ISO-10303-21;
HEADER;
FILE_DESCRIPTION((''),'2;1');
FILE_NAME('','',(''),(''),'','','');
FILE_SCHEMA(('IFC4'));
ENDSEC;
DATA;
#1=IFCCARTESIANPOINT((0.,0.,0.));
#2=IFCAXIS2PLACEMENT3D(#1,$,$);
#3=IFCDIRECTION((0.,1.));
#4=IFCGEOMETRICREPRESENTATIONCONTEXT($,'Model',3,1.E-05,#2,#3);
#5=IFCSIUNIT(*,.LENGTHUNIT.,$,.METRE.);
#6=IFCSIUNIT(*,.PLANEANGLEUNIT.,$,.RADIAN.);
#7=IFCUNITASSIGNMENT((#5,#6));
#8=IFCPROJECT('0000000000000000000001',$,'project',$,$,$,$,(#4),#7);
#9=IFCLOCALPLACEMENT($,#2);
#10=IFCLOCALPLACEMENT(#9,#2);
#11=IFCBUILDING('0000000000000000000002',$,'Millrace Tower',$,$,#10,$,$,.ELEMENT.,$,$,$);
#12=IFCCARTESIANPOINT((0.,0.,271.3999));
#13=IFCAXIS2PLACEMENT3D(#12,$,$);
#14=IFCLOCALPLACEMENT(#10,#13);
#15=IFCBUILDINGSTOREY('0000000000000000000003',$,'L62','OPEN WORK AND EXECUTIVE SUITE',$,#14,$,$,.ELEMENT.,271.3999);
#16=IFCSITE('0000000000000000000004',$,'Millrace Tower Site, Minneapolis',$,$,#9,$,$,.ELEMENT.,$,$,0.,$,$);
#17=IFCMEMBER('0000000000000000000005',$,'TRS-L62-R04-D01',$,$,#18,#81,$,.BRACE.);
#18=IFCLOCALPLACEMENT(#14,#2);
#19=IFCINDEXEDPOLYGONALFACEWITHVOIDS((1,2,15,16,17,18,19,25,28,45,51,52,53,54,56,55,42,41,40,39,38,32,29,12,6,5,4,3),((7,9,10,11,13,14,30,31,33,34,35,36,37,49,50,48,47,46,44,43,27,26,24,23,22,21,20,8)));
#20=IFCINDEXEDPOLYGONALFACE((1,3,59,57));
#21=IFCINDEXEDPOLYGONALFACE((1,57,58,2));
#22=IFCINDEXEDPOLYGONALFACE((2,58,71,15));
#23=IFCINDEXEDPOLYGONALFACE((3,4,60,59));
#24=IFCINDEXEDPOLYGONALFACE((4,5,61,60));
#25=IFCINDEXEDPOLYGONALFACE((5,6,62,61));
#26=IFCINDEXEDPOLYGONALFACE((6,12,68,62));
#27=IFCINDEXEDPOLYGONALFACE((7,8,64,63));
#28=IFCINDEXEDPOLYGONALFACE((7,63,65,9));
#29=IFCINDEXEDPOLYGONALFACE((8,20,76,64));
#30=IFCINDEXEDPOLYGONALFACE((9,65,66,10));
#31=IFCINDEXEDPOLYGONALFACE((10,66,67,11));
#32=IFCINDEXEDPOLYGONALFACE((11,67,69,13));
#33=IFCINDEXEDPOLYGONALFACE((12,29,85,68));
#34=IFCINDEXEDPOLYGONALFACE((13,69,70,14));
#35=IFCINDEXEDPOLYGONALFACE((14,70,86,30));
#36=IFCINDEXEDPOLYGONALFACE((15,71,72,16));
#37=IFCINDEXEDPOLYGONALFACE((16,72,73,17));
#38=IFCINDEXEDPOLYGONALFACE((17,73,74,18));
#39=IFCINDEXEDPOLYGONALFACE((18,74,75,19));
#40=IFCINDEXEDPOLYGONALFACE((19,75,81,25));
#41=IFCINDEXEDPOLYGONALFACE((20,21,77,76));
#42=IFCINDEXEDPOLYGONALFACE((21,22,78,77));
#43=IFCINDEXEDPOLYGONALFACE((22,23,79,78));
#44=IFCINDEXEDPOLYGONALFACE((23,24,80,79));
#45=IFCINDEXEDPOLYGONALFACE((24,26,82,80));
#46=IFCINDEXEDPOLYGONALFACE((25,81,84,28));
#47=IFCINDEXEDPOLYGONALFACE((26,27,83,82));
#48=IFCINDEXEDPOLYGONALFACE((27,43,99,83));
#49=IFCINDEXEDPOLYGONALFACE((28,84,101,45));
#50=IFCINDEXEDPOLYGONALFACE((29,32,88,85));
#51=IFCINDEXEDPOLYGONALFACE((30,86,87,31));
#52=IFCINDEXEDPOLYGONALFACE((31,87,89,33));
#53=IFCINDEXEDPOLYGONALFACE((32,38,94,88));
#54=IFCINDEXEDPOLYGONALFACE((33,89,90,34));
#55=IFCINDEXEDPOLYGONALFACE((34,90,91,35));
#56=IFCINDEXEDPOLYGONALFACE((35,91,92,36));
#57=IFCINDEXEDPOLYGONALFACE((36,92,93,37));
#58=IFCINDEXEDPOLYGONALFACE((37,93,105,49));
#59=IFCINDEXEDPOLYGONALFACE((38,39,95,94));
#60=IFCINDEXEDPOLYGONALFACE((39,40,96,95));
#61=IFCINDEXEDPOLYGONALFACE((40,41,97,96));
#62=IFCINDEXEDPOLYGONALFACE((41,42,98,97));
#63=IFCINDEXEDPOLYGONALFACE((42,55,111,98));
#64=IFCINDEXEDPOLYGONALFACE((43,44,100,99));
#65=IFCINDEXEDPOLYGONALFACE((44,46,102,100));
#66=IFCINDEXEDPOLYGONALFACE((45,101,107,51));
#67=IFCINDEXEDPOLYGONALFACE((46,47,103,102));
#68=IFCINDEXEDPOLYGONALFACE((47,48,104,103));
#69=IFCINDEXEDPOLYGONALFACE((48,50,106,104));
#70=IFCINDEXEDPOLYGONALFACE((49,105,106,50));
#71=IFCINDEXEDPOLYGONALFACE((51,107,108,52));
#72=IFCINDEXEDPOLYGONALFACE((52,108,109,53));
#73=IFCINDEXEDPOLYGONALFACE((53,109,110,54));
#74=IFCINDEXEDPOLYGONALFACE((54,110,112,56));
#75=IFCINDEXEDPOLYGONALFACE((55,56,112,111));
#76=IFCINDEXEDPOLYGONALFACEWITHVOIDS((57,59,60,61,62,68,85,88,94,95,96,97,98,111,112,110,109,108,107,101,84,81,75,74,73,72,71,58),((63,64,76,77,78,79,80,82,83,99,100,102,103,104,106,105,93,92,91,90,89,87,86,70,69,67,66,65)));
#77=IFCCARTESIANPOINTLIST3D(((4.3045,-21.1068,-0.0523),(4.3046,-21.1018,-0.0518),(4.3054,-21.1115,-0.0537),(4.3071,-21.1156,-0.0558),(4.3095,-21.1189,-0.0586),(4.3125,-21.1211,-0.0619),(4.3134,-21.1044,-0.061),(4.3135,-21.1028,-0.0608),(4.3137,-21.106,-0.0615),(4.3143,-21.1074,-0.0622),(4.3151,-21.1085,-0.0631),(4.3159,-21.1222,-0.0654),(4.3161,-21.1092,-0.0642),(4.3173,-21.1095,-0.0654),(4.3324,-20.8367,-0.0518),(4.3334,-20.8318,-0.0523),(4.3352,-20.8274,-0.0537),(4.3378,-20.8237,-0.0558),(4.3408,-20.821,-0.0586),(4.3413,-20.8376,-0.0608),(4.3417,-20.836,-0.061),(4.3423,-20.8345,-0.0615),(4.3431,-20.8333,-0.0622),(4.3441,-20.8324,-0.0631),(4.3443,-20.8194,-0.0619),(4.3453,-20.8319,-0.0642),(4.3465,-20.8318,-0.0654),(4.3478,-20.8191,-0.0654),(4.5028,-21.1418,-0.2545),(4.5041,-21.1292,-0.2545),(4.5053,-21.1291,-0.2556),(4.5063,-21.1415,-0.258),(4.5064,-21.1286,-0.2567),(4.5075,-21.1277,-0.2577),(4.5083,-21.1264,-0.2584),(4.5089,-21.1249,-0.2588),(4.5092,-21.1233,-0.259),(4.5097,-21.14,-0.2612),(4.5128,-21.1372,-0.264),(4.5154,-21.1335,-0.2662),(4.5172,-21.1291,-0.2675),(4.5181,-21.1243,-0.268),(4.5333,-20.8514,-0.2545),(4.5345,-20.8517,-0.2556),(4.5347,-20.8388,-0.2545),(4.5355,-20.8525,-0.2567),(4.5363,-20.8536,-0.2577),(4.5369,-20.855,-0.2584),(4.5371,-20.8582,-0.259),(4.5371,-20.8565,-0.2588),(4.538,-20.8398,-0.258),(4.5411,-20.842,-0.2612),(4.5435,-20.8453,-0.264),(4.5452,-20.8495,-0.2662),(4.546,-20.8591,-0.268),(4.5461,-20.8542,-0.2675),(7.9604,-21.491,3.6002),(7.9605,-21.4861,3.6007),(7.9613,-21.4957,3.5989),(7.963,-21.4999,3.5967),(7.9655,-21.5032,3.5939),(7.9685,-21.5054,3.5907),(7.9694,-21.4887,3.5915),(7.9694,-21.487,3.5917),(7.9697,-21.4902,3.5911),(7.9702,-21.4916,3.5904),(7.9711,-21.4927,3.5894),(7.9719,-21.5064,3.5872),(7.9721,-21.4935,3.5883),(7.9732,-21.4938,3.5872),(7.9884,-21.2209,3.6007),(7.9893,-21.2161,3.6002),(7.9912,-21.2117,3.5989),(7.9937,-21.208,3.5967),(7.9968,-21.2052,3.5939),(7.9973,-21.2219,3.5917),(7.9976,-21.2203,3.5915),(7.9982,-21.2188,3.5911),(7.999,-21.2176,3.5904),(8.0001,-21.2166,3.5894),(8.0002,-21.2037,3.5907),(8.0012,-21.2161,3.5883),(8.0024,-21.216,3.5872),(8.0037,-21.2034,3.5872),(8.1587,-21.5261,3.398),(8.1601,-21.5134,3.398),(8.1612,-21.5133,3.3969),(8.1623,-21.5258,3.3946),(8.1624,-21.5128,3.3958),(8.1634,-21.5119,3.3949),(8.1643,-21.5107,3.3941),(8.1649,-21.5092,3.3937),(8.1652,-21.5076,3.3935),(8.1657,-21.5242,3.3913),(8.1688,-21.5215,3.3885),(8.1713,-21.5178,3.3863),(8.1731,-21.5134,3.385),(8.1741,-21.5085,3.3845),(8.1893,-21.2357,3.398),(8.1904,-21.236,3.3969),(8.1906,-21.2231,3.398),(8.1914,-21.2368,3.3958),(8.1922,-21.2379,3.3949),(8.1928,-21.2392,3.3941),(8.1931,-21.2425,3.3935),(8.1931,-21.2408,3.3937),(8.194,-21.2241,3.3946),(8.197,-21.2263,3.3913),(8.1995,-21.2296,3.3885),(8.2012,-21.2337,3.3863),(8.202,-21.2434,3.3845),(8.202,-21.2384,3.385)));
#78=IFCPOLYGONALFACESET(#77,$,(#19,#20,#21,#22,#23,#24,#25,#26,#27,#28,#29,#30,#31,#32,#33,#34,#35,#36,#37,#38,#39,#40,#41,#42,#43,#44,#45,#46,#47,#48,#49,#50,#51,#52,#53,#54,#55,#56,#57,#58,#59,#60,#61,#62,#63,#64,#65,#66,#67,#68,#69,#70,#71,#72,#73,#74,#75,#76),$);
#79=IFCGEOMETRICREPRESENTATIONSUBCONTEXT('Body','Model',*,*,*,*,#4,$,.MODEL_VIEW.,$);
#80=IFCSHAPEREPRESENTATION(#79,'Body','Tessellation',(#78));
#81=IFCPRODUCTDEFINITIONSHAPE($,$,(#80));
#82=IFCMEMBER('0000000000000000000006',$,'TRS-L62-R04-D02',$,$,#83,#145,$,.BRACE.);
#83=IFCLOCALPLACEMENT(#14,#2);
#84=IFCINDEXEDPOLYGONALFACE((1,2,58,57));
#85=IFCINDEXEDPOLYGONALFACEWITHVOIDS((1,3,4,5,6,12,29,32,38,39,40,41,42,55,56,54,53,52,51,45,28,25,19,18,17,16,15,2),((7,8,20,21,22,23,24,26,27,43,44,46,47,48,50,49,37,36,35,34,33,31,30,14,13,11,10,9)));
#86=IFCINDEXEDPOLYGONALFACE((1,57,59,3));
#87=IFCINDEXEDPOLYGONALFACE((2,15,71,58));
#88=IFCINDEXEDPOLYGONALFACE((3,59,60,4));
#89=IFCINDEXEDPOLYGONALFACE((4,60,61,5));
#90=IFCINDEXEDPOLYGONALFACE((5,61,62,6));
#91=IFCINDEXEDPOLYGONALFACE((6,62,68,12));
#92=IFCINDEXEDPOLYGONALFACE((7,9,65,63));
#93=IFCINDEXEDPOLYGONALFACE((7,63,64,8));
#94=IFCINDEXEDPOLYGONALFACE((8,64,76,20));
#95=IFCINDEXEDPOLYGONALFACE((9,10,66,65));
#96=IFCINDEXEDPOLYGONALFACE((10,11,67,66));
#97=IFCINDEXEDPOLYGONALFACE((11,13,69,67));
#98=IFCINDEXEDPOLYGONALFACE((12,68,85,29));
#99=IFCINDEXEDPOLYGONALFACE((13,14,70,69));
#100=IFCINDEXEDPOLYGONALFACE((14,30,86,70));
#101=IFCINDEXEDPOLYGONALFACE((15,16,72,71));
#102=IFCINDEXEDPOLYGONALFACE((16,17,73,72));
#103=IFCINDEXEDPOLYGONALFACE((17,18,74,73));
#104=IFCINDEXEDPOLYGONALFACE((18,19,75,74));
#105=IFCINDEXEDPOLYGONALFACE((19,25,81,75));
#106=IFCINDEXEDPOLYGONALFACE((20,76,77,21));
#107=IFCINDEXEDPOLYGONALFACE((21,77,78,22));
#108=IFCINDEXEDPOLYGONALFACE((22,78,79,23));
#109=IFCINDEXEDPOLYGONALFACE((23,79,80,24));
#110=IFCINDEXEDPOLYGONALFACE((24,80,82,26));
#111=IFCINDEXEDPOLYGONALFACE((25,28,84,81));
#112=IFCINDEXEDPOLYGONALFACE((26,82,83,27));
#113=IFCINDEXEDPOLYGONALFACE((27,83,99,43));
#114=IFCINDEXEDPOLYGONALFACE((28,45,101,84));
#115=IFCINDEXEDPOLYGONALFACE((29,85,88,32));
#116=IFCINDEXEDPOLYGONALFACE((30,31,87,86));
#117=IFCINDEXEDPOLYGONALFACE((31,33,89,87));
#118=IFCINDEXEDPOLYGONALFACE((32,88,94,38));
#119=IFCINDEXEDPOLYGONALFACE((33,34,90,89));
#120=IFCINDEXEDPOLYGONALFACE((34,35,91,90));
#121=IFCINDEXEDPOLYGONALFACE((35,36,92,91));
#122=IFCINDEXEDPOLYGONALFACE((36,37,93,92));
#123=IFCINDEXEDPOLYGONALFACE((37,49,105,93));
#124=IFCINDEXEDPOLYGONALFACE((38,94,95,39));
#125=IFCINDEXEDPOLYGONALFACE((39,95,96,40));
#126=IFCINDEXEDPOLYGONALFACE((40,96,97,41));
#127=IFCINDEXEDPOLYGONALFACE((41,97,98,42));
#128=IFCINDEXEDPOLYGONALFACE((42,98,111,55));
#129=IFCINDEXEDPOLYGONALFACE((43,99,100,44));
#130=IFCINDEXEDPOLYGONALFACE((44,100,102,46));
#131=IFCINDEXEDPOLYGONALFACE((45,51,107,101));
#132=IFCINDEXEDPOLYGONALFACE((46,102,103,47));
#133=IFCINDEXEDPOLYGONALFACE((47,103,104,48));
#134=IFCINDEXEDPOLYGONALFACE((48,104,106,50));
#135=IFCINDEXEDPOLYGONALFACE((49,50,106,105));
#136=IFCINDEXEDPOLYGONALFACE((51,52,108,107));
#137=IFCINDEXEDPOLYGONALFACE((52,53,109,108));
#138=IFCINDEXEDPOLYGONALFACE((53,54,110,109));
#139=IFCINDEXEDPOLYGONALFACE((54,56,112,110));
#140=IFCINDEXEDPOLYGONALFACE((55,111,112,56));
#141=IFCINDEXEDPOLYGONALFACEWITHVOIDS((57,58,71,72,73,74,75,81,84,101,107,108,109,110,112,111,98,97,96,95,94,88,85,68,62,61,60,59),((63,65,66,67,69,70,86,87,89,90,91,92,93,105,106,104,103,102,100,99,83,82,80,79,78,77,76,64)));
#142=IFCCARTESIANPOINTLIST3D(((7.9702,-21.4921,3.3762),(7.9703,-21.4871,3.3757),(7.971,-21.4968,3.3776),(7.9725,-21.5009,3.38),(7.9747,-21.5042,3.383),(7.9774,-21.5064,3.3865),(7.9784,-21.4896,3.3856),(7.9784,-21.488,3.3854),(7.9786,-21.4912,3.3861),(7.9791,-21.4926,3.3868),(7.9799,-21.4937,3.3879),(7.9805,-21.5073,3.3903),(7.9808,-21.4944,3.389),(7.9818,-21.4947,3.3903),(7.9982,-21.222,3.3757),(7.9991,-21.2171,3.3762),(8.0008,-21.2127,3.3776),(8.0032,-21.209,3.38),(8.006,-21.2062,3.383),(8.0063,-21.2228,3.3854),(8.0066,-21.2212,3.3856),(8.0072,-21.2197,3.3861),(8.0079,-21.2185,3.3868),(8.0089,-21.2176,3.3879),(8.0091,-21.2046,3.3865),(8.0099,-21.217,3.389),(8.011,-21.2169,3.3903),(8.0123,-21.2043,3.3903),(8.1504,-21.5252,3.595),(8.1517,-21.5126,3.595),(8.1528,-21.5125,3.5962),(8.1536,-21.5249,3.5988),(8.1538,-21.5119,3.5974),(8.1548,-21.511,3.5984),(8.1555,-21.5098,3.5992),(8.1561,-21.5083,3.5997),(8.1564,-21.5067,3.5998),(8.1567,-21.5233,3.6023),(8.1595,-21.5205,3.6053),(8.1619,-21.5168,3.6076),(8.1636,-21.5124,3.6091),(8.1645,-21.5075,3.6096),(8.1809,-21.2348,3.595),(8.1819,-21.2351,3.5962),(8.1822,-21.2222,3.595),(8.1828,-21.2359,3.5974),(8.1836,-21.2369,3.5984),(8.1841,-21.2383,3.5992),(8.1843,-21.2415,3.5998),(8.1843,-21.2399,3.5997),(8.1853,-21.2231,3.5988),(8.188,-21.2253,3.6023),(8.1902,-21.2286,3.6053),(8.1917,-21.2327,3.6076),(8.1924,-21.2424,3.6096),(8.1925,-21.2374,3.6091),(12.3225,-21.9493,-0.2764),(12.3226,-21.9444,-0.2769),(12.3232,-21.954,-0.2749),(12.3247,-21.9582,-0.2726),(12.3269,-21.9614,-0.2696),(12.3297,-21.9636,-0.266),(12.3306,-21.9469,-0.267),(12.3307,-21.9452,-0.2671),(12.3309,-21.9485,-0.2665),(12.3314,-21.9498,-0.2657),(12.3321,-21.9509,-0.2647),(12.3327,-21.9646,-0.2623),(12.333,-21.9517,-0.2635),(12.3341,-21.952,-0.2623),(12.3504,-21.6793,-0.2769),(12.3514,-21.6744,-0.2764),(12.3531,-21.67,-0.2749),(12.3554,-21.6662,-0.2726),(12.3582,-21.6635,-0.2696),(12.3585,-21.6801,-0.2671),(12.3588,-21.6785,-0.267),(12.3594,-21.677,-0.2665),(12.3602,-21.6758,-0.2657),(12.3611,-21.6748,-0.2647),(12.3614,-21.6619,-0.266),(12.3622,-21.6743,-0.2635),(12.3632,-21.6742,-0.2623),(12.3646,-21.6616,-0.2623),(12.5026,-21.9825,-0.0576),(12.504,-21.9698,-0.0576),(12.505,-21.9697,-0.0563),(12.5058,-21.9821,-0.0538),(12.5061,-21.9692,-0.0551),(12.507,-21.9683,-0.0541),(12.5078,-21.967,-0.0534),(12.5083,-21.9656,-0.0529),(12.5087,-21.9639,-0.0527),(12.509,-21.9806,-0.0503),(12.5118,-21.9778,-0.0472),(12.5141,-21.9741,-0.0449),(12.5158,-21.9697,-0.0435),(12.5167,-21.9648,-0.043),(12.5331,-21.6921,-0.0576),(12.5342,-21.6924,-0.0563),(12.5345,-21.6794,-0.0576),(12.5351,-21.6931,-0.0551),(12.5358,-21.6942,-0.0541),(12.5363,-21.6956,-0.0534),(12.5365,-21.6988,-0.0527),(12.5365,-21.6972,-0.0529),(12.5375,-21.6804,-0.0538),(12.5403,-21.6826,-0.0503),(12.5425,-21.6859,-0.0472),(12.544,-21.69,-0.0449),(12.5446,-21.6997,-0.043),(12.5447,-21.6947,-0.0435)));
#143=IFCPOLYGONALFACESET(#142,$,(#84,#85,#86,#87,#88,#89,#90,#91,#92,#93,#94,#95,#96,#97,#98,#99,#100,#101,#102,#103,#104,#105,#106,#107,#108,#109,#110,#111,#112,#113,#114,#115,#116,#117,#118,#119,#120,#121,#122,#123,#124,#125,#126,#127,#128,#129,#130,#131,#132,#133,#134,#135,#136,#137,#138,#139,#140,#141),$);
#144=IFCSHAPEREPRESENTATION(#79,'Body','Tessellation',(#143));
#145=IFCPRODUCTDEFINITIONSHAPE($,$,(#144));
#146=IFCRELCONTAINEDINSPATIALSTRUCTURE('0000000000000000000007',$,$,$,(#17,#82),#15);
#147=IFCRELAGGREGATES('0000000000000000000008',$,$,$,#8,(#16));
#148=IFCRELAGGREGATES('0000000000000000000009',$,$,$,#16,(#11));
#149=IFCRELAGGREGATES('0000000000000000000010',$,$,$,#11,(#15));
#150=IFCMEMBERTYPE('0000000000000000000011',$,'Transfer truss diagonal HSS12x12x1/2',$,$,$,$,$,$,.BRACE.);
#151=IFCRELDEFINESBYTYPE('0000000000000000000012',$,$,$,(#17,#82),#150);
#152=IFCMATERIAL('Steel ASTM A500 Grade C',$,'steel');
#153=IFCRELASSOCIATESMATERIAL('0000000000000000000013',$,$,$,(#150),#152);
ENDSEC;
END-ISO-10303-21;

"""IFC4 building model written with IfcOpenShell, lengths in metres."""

from ifc_helpers import new_model, si_unit, direction, frame, origin, origin_2d, place, context, subcontext, project, spatial, hollow_rectangle, extrude, material, material_profile, profile_set, type_object, element, save


model = new_model("IFC4")

# Units and contexts
model_context = context("Model", 3, precision=1e-05, world=origin(), true_north=direction((0.0, 1.0)))
body_context = subcontext(model_context, "Body", "Model", "MODEL_VIEW")
ifc_project = project(units=[si_unit("LENGTHUNIT", "METRE"), si_unit("PLANEANGLEUNIT", "RADIAN")], contexts=[model_context])

# Site, building, storey
site_placement = place(None, origin())
site = spatial("IfcSite", under=ifc_project, at=site_placement, Name="Millrace Tower Site, Minneapolis", CompositionType="ELEMENT", RefElevation=0.0)
building_placement = place(site_placement, origin())
building = spatial("IfcBuilding", under=site, at=building_placement, Name="Millrace Tower", CompositionType="ELEMENT")
storey_placement = place(building_placement, frame((0.0, 0.0, 271.3999)))
storey = spatial("IfcBuildingStorey", under=building, at=storey_placement, Name="L62", Description="OPEN WORK AND EXECUTIVE SUITE", CompositionType="ELEMENT", Elevation=271.3999)

# Members
ifc_material_1 = material(Name="Steel ASTM A500 Grade C", Category="steel")
ifc_material_profile_1 = material_profile(ifc_material_1, hollow_rectangle(XDim=0.3047, YDim=0.3047, WallThickness=0.0127, InnerFilletRadius=0.0063, OuterFilletRadius=0.019, at=origin_2d()))
ifc_profile_set_1 = profile_set([ifc_material_profile_1], Name="Steel ASTM A500 Grade C")
member_type_1 = type_object("IfcMemberType", Name="Transfer truss diagonal HSS12x12x1/2", PredefinedType="BRACE", material=ifc_profile_set_1)
member_1_placement = place(storey_placement, frame((4.4253, -20.9805, -0.1599), z_axis=(0.70549, -0.074153, 0.70483), x_axis=(0.104533, 0.994521, 0.0)))
element("IfcMember", 1, at=member_1_placement, inside=storey, type_object=member_type_1, Name="TRS-L62-R04-D01", PredefinedType="BRACE", context=body_context, shape_type="SweptSolid", body=[
    extrude(hollow_rectangle(XDim=0.3047, YDim=0.3047, WallThickness=0.0127, InnerFilletRadius=0.0063, OuterFilletRadius=0.019, at=origin_2d()), origin(), (0.0, 0.0, 1.0), 5.1821),
])
member_2_placement = place(storey_placement, frame((12.4336, -21.822, -0.1599), z_axis=(-0.763526, 0.08022, 0.640776), x_axis=(-0.10449, -0.994526, 0.0)))
element("IfcMember", 2, at=member_2_placement, inside=storey, type_object=member_type_1, Name="TRS-L62-R04-D02", PredefinedType="BRACE", context=body_context, shape_type="SweptSolid", body=[
    extrude(hollow_rectangle(XDim=0.3047, YDim=0.3047, WallThickness=0.0127, InnerFilletRadius=0.0063, OuterFilletRadius=0.019, at=origin_2d()), origin(), (0.0, 0.0, 1.0), 5.7002),
])

save(model, "model.ifc")
